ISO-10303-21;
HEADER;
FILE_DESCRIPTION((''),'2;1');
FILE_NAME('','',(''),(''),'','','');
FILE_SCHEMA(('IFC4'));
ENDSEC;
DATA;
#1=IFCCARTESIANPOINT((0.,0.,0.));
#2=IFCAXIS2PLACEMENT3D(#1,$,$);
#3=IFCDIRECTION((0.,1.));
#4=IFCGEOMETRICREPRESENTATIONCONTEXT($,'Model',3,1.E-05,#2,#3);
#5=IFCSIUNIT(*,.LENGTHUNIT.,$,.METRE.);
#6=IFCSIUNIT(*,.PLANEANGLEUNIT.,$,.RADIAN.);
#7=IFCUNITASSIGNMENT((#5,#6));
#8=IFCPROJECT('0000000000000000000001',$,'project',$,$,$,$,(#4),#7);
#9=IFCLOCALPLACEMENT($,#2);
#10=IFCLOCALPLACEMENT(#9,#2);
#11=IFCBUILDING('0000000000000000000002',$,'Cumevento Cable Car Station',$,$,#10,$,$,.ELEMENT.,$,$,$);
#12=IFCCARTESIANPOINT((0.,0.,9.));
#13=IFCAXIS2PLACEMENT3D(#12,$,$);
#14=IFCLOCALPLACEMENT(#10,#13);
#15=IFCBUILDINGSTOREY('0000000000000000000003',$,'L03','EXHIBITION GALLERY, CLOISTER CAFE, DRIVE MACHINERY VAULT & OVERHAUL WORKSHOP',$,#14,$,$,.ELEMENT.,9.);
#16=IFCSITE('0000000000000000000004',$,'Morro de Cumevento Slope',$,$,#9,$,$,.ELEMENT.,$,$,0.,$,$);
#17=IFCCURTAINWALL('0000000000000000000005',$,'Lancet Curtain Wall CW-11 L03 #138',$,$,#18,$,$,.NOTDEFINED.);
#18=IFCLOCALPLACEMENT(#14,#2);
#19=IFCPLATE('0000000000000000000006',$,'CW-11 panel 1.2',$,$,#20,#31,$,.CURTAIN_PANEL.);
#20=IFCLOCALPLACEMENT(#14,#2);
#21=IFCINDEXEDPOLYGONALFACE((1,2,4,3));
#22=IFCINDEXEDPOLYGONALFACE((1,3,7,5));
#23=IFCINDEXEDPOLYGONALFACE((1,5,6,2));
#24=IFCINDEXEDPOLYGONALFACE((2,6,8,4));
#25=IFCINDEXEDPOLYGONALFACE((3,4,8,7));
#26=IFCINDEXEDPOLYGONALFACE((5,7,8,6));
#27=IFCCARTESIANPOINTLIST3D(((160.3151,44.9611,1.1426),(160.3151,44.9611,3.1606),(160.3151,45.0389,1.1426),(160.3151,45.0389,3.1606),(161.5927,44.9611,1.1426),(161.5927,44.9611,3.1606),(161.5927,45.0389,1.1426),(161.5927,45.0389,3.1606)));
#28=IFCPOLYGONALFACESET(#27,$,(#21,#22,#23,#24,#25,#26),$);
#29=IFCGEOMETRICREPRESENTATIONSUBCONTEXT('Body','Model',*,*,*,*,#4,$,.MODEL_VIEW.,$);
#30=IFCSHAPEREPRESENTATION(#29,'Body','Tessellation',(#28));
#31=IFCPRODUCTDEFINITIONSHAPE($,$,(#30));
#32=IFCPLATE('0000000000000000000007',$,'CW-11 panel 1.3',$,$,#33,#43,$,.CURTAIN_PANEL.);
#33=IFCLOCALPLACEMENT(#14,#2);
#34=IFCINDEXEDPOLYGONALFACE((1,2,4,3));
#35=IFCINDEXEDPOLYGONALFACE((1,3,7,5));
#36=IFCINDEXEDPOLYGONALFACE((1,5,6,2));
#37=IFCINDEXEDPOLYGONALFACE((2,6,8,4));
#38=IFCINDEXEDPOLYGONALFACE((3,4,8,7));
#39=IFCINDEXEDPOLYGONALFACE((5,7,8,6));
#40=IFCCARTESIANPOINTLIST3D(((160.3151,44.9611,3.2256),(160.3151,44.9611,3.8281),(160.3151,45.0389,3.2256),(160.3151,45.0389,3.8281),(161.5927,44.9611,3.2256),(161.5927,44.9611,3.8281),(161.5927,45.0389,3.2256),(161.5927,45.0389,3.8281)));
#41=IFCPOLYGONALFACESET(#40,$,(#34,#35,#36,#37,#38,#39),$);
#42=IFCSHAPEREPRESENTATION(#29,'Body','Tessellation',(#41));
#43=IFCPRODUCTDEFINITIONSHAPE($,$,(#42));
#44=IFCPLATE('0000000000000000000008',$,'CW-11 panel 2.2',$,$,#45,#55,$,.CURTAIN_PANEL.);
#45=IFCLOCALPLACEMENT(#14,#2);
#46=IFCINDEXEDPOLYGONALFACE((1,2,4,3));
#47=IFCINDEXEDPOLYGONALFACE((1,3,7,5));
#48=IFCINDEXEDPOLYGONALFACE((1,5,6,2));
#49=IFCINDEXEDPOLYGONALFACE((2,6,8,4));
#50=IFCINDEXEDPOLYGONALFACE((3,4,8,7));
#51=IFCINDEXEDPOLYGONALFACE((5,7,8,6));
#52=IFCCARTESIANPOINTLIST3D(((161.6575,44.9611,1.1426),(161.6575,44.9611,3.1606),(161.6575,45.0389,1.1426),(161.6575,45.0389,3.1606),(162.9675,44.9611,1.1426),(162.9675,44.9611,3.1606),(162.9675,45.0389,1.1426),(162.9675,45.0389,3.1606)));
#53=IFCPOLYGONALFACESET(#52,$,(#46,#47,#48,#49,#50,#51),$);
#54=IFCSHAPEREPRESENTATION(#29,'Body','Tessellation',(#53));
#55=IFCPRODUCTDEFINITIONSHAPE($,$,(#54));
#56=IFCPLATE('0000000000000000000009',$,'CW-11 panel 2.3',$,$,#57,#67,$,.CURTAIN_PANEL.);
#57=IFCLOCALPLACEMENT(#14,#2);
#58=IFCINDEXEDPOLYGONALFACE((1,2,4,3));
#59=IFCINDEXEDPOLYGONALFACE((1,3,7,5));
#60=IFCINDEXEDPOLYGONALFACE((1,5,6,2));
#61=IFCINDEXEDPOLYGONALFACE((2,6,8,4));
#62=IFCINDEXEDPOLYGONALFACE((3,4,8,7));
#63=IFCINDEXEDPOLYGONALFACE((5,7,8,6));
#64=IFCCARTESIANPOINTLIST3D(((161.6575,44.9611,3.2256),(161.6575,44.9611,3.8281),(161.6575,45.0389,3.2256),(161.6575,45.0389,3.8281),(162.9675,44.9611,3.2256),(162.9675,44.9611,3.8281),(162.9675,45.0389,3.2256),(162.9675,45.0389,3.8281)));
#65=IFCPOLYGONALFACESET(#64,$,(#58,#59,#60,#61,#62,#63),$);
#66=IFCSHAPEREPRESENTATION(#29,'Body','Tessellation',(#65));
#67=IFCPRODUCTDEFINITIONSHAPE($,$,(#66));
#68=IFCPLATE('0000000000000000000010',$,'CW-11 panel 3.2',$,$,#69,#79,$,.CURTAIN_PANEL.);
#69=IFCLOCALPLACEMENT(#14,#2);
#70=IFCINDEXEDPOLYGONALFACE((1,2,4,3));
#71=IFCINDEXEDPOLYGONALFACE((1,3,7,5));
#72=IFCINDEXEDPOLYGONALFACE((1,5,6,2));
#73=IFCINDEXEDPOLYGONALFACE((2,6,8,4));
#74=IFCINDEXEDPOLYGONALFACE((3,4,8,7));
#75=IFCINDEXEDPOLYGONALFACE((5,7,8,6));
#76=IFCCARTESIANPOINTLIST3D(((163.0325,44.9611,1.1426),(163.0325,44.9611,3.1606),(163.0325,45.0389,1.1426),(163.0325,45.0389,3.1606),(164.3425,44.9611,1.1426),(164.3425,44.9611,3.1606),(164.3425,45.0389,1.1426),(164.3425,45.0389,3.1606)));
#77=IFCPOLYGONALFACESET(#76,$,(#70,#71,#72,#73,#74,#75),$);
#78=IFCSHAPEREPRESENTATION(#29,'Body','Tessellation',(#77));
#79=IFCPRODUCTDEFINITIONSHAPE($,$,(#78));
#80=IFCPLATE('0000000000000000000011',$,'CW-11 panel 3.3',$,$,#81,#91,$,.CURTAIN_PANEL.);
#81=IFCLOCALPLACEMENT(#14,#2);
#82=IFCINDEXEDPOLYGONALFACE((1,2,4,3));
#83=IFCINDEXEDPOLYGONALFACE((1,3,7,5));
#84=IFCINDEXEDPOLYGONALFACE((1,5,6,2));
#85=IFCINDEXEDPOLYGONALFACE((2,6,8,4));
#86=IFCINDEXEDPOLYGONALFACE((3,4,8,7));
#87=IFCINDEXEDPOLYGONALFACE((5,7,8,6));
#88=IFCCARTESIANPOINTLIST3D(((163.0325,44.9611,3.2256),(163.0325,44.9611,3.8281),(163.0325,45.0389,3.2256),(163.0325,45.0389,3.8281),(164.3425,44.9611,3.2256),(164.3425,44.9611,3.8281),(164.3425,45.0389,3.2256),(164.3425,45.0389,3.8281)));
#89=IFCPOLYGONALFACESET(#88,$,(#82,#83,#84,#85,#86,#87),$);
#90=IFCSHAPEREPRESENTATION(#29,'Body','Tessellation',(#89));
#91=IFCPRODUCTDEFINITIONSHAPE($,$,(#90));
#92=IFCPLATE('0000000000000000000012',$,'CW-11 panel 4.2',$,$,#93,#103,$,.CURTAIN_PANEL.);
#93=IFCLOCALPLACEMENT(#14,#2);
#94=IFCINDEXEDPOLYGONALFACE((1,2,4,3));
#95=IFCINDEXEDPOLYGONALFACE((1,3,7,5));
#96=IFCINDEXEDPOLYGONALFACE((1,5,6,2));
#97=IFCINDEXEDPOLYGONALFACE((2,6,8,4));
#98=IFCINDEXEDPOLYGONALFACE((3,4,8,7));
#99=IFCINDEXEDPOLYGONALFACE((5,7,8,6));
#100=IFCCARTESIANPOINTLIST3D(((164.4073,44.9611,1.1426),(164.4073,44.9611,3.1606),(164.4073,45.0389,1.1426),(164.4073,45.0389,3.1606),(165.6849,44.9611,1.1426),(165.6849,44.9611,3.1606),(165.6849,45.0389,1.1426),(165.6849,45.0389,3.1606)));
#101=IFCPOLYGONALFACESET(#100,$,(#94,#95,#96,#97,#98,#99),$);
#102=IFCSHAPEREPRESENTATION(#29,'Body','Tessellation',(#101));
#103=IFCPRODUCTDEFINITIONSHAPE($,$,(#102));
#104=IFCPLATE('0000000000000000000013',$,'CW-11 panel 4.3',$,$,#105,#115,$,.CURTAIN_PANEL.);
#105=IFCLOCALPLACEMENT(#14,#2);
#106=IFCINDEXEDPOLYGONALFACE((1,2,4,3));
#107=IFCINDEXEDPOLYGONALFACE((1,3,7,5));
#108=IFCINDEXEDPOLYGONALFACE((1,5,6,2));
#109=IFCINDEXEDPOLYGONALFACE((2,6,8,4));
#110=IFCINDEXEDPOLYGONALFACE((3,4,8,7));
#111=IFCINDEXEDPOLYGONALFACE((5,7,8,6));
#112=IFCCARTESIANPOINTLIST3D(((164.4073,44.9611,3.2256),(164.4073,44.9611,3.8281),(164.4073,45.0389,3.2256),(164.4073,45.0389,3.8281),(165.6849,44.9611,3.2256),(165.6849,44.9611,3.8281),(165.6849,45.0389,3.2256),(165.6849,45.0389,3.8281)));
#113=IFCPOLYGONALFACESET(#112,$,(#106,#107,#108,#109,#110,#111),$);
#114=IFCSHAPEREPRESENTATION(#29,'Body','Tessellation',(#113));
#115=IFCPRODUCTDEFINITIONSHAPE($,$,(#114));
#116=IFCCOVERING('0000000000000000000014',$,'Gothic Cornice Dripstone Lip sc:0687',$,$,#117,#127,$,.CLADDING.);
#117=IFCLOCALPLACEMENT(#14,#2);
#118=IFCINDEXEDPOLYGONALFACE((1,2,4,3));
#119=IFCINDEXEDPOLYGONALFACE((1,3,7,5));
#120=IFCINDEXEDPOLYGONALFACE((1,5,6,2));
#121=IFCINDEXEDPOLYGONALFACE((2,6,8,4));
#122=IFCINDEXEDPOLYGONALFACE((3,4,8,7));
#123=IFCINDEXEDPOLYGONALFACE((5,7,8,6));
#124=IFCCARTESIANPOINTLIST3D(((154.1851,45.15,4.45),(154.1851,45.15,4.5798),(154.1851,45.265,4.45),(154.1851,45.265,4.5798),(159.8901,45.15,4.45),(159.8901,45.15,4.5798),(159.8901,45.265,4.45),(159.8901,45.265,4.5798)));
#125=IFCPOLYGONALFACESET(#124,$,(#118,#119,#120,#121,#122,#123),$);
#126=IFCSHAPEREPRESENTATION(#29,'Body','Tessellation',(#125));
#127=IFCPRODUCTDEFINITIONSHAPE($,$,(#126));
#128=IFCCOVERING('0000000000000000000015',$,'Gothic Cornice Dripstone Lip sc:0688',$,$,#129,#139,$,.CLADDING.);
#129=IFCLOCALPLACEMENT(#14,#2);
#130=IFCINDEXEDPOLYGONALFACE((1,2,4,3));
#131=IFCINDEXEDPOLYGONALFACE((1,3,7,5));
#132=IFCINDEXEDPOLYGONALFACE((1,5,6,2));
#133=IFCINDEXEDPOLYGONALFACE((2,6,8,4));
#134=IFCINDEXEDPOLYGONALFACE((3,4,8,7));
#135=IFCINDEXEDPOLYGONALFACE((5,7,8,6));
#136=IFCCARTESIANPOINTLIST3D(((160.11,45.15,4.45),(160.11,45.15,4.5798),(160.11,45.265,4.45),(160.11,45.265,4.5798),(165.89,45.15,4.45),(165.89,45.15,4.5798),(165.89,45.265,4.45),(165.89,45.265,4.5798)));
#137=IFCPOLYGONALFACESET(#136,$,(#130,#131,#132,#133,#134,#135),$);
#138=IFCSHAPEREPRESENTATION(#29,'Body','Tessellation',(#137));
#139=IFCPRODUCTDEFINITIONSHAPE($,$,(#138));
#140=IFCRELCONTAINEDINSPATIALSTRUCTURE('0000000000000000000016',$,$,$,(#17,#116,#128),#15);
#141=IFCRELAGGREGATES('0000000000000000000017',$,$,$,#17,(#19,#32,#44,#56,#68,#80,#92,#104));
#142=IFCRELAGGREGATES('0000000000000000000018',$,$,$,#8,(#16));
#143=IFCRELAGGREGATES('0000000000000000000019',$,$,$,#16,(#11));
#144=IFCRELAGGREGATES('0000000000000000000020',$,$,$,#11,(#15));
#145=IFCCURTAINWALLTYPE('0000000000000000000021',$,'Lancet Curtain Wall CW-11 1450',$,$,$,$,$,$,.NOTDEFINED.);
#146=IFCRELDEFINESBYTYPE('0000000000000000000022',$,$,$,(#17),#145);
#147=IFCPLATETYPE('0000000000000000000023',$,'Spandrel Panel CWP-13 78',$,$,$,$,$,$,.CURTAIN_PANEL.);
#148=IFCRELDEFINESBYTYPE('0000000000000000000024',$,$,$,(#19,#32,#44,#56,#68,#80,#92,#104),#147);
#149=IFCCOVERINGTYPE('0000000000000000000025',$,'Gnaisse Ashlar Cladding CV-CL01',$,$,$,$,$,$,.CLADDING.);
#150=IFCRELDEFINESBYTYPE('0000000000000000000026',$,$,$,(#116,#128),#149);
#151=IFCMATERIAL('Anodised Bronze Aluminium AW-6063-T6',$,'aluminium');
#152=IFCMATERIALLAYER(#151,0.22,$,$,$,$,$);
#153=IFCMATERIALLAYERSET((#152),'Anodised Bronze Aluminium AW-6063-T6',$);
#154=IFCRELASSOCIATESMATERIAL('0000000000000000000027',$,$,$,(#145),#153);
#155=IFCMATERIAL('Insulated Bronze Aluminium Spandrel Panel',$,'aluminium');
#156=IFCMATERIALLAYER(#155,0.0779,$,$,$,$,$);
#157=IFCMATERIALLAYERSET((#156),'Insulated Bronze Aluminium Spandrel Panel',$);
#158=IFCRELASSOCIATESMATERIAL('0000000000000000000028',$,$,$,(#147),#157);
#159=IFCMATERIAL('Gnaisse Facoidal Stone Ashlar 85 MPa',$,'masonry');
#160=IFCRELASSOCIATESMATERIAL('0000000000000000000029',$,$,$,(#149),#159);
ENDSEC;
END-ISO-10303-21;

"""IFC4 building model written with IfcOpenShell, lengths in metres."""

from ifc_helpers import new_model, si_unit, direction, frame, origin, origin_2d, place, context, subcontext, project, spatial, rectangle, extrude, material, layer, layer_set, type_object, element, aggregate, save


model = new_model("IFC4")

# Units and contexts
model_context = context("Model", 3, precision=1e-05, world=origin(), true_north=direction((0.0, 1.0)))
body_context = subcontext(model_context, "Body", "Model", "MODEL_VIEW")
ifc_project = project(units=[si_unit("LENGTHUNIT", "METRE"), si_unit("PLANEANGLEUNIT", "RADIAN")], contexts=[model_context])

# Site, building, storey
site_placement = place(None, origin())
site = spatial("IfcSite", under=ifc_project, at=site_placement, Name="Morro de Cumevento Slope", CompositionType="ELEMENT", RefElevation=0.0)
building_placement = place(site_placement, origin())
building = spatial("IfcBuilding", under=site, at=building_placement, Name="Cumevento Cable Car Station", CompositionType="ELEMENT")
storey_placement = place(building_placement, frame((0.0, 0.0, 9.0)))
storey = spatial("IfcBuildingStorey", under=building, at=storey_placement, Name="L03", Description="EXHIBITION GALLERY, CLOISTER CAFE, DRIVE MACHINERY VAULT & OVERHAUL WORKSHOP", CompositionType="ELEMENT", Elevation=9.0)

# Curtain wall
ifc_material_1 = material(Name="Anodised Bronze Aluminium AW-6063-T6", Category="aluminium")
ifc_layer_1 = layer(ifc_material_1, 0.22)
ifc_layer_set_1 = layer_set([ifc_layer_1], Name="Anodised Bronze Aluminium AW-6063-T6")
curtain_wall_type_1 = type_object("IfcCurtainWallType", Name="Lancet Curtain Wall CW-11 1450", PredefinedType="NOTDEFINED", material=ifc_layer_set_1)
curtain_wall_1_placement = place(storey_placement, origin())
curtain_wall_1 = element("IfcCurtainWall", 1, at=curtain_wall_1_placement, inside=storey, type_object=curtain_wall_type_1, Name="Lancet Curtain Wall CW-11 L03 #138", PredefinedType="NOTDEFINED")

# Plates
ifc_material_2 = material(Name="Insulated Bronze Aluminium Spandrel Panel", Category="aluminium")
ifc_layer_2 = layer(ifc_material_2, 0.0779)
ifc_layer_set_2 = layer_set([ifc_layer_2], Name="Insulated Bronze Aluminium Spandrel Panel")
plate_type_1 = type_object("IfcPlateType", Name="Spandrel Panel CWP-13 78", PredefinedType="CURTAIN_PANEL", material=ifc_layer_set_2)
plate_1_placement = place(storey_placement, frame((160.9539, 45.0, 1.1426), z_axis=(0.0, 0.0, 1.0), x_axis=(1.0, 0.0, 0.0)))
plate_1 = element("IfcPlate", 2, at=plate_1_placement, type_object=plate_type_1, Name="CW-11 panel 1.2", PredefinedType="CURTAIN_PANEL", context=body_context, shape_type="SweptSolid", body=[
    extrude(rectangle(XDim=1.2776, YDim=0.0779, at=origin_2d()), origin(), (0.0, 0.0, 1.0), 2.0181),
])
plate_2_placement = place(storey_placement, frame((160.9539, 45.0, 3.2256), z_axis=(0.0, 0.0, 1.0), x_axis=(1.0, 0.0, 0.0)))
plate_2 = element("IfcPlate", 3, at=plate_2_placement, type_object=plate_type_1, Name="CW-11 panel 1.3", PredefinedType="CURTAIN_PANEL", context=body_context, shape_type="SweptSolid", body=[
    extrude(rectangle(XDim=1.2776, YDim=0.0779, at=origin_2d()), origin(), (0.0, 0.0, 1.0), 0.6025),
])
plate_3_placement = place(storey_placement, frame((162.3125, 45.0, 1.1426), z_axis=(0.0, 0.0, 1.0), x_axis=(1.0, 0.0, 0.0)))
plate_3 = element("IfcPlate", 4, at=plate_3_placement, type_object=plate_type_1, Name="CW-11 panel 2.2", PredefinedType="CURTAIN_PANEL", context=body_context, shape_type="SweptSolid", body=[
    extrude(rectangle(XDim=1.3101, YDim=0.0779, at=origin_2d()), origin(), (0.0, 0.0, 1.0), 2.0181),
])
plate_4_placement = place(storey_placement, frame((162.3125, 45.0, 3.2256), z_axis=(0.0, 0.0, 1.0), x_axis=(1.0, 0.0, 0.0)))
plate_4 = element("IfcPlate", 5, at=plate_4_placement, type_object=plate_type_1, Name="CW-11 panel 2.3", PredefinedType="CURTAIN_PANEL", context=body_context, shape_type="SweptSolid", body=[
    extrude(rectangle(XDim=1.3101, YDim=0.0779, at=origin_2d()), origin(), (0.0, 0.0, 1.0), 0.6025),
])
plate_5_placement = place(storey_placement, frame((163.6875, 45.0, 1.1426), z_axis=(0.0, 0.0, 1.0), x_axis=(1.0, 0.0, 0.0)))
plate_5 = element("IfcPlate", 6, at=plate_5_placement, type_object=plate_type_1, Name="CW-11 panel 3.2", PredefinedType="CURTAIN_PANEL", context=body_context, shape_type="SweptSolid", body=[
    extrude(rectangle(XDim=1.3101, YDim=0.0779, at=origin_2d()), origin(), (0.0, 0.0, 1.0), 2.0181),
])
plate_6_placement = place(storey_placement, frame((163.6875, 45.0, 3.2256), z_axis=(0.0, 0.0, 1.0), x_axis=(1.0, 0.0, 0.0)))
plate_6 = element("IfcPlate", 7, at=plate_6_placement, type_object=plate_type_1, Name="CW-11 panel 3.3", PredefinedType="CURTAIN_PANEL", context=body_context, shape_type="SweptSolid", body=[
    extrude(rectangle(XDim=1.3101, YDim=0.0779, at=origin_2d()), origin(), (0.0, 0.0, 1.0), 0.6025),
])
plate_7_placement = place(storey_placement, frame((165.0461, 45.0, 1.1426), z_axis=(0.0, 0.0, 1.0), x_axis=(1.0, 0.0, 0.0)))
plate_7 = element("IfcPlate", 8, at=plate_7_placement, type_object=plate_type_1, Name="CW-11 panel 4.2", PredefinedType="CURTAIN_PANEL", context=body_context, shape_type="SweptSolid", body=[
    extrude(rectangle(XDim=1.2776, YDim=0.0779, at=origin_2d()), origin(), (0.0, 0.0, 1.0), 2.0181),
])
plate_8_placement = place(storey_placement, frame((165.0461, 45.0, 3.2256), z_axis=(0.0, 0.0, 1.0), x_axis=(1.0, 0.0, 0.0)))
plate_8 = element("IfcPlate", 9, at=plate_8_placement, type_object=plate_type_1, Name="CW-11 panel 4.3", PredefinedType="CURTAIN_PANEL", context=body_context, shape_type="SweptSolid", body=[
    extrude(rectangle(XDim=1.2776, YDim=0.0779, at=origin_2d()), origin(), (0.0, 0.0, 1.0), 0.6025),
])
aggregate(curtain_wall_1, [plate_1, plate_2, plate_3, plate_4, plate_5, plate_6, plate_7, plate_8])

# Coverings
ifc_material_3 = material(Name="Gnaisse Facoidal Stone Ashlar 85 MPa", Category="masonry")
covering_type = type_object("IfcCoveringType", Name="Gnaisse Ashlar Cladding CV-CL01", PredefinedType="CLADDING", material=ifc_material_3)
covering_1_placement = place(storey_placement, frame((157.0376, 45.2075, 4.45), z_axis=(0.0, 0.0, 1.0), x_axis=(1.0, 0.0, 0.0)))
element("IfcCovering", 10, at=covering_1_placement, inside=storey, type_object=covering_type, Name="Gothic Cornice Dripstone Lip sc:0687", PredefinedType="CLADDING", context=body_context, shape_type="SweptSolid", body=[
    extrude(rectangle(XDim=5.7051, YDim=0.115, at=origin_2d()), origin(), (0.0, 0.0, 1.0), 0.1299),
])
covering_2_placement = place(storey_placement, frame((163.0, 45.2075, 4.45), z_axis=(0.0, 0.0, 1.0), x_axis=(1.0, 0.0, 0.0)))
element("IfcCovering", 11, at=covering_2_placement, inside=storey, type_object=covering_type, Name="Gothic Cornice Dripstone Lip sc:0688", PredefinedType="CLADDING", context=body_context, shape_type="SweptSolid", body=[
    extrude(rectangle(XDim=5.78, YDim=0.115, at=origin_2d()), origin(), (0.0, 0.0, 1.0), 0.1299),
])

save(model, "model.ifc")
